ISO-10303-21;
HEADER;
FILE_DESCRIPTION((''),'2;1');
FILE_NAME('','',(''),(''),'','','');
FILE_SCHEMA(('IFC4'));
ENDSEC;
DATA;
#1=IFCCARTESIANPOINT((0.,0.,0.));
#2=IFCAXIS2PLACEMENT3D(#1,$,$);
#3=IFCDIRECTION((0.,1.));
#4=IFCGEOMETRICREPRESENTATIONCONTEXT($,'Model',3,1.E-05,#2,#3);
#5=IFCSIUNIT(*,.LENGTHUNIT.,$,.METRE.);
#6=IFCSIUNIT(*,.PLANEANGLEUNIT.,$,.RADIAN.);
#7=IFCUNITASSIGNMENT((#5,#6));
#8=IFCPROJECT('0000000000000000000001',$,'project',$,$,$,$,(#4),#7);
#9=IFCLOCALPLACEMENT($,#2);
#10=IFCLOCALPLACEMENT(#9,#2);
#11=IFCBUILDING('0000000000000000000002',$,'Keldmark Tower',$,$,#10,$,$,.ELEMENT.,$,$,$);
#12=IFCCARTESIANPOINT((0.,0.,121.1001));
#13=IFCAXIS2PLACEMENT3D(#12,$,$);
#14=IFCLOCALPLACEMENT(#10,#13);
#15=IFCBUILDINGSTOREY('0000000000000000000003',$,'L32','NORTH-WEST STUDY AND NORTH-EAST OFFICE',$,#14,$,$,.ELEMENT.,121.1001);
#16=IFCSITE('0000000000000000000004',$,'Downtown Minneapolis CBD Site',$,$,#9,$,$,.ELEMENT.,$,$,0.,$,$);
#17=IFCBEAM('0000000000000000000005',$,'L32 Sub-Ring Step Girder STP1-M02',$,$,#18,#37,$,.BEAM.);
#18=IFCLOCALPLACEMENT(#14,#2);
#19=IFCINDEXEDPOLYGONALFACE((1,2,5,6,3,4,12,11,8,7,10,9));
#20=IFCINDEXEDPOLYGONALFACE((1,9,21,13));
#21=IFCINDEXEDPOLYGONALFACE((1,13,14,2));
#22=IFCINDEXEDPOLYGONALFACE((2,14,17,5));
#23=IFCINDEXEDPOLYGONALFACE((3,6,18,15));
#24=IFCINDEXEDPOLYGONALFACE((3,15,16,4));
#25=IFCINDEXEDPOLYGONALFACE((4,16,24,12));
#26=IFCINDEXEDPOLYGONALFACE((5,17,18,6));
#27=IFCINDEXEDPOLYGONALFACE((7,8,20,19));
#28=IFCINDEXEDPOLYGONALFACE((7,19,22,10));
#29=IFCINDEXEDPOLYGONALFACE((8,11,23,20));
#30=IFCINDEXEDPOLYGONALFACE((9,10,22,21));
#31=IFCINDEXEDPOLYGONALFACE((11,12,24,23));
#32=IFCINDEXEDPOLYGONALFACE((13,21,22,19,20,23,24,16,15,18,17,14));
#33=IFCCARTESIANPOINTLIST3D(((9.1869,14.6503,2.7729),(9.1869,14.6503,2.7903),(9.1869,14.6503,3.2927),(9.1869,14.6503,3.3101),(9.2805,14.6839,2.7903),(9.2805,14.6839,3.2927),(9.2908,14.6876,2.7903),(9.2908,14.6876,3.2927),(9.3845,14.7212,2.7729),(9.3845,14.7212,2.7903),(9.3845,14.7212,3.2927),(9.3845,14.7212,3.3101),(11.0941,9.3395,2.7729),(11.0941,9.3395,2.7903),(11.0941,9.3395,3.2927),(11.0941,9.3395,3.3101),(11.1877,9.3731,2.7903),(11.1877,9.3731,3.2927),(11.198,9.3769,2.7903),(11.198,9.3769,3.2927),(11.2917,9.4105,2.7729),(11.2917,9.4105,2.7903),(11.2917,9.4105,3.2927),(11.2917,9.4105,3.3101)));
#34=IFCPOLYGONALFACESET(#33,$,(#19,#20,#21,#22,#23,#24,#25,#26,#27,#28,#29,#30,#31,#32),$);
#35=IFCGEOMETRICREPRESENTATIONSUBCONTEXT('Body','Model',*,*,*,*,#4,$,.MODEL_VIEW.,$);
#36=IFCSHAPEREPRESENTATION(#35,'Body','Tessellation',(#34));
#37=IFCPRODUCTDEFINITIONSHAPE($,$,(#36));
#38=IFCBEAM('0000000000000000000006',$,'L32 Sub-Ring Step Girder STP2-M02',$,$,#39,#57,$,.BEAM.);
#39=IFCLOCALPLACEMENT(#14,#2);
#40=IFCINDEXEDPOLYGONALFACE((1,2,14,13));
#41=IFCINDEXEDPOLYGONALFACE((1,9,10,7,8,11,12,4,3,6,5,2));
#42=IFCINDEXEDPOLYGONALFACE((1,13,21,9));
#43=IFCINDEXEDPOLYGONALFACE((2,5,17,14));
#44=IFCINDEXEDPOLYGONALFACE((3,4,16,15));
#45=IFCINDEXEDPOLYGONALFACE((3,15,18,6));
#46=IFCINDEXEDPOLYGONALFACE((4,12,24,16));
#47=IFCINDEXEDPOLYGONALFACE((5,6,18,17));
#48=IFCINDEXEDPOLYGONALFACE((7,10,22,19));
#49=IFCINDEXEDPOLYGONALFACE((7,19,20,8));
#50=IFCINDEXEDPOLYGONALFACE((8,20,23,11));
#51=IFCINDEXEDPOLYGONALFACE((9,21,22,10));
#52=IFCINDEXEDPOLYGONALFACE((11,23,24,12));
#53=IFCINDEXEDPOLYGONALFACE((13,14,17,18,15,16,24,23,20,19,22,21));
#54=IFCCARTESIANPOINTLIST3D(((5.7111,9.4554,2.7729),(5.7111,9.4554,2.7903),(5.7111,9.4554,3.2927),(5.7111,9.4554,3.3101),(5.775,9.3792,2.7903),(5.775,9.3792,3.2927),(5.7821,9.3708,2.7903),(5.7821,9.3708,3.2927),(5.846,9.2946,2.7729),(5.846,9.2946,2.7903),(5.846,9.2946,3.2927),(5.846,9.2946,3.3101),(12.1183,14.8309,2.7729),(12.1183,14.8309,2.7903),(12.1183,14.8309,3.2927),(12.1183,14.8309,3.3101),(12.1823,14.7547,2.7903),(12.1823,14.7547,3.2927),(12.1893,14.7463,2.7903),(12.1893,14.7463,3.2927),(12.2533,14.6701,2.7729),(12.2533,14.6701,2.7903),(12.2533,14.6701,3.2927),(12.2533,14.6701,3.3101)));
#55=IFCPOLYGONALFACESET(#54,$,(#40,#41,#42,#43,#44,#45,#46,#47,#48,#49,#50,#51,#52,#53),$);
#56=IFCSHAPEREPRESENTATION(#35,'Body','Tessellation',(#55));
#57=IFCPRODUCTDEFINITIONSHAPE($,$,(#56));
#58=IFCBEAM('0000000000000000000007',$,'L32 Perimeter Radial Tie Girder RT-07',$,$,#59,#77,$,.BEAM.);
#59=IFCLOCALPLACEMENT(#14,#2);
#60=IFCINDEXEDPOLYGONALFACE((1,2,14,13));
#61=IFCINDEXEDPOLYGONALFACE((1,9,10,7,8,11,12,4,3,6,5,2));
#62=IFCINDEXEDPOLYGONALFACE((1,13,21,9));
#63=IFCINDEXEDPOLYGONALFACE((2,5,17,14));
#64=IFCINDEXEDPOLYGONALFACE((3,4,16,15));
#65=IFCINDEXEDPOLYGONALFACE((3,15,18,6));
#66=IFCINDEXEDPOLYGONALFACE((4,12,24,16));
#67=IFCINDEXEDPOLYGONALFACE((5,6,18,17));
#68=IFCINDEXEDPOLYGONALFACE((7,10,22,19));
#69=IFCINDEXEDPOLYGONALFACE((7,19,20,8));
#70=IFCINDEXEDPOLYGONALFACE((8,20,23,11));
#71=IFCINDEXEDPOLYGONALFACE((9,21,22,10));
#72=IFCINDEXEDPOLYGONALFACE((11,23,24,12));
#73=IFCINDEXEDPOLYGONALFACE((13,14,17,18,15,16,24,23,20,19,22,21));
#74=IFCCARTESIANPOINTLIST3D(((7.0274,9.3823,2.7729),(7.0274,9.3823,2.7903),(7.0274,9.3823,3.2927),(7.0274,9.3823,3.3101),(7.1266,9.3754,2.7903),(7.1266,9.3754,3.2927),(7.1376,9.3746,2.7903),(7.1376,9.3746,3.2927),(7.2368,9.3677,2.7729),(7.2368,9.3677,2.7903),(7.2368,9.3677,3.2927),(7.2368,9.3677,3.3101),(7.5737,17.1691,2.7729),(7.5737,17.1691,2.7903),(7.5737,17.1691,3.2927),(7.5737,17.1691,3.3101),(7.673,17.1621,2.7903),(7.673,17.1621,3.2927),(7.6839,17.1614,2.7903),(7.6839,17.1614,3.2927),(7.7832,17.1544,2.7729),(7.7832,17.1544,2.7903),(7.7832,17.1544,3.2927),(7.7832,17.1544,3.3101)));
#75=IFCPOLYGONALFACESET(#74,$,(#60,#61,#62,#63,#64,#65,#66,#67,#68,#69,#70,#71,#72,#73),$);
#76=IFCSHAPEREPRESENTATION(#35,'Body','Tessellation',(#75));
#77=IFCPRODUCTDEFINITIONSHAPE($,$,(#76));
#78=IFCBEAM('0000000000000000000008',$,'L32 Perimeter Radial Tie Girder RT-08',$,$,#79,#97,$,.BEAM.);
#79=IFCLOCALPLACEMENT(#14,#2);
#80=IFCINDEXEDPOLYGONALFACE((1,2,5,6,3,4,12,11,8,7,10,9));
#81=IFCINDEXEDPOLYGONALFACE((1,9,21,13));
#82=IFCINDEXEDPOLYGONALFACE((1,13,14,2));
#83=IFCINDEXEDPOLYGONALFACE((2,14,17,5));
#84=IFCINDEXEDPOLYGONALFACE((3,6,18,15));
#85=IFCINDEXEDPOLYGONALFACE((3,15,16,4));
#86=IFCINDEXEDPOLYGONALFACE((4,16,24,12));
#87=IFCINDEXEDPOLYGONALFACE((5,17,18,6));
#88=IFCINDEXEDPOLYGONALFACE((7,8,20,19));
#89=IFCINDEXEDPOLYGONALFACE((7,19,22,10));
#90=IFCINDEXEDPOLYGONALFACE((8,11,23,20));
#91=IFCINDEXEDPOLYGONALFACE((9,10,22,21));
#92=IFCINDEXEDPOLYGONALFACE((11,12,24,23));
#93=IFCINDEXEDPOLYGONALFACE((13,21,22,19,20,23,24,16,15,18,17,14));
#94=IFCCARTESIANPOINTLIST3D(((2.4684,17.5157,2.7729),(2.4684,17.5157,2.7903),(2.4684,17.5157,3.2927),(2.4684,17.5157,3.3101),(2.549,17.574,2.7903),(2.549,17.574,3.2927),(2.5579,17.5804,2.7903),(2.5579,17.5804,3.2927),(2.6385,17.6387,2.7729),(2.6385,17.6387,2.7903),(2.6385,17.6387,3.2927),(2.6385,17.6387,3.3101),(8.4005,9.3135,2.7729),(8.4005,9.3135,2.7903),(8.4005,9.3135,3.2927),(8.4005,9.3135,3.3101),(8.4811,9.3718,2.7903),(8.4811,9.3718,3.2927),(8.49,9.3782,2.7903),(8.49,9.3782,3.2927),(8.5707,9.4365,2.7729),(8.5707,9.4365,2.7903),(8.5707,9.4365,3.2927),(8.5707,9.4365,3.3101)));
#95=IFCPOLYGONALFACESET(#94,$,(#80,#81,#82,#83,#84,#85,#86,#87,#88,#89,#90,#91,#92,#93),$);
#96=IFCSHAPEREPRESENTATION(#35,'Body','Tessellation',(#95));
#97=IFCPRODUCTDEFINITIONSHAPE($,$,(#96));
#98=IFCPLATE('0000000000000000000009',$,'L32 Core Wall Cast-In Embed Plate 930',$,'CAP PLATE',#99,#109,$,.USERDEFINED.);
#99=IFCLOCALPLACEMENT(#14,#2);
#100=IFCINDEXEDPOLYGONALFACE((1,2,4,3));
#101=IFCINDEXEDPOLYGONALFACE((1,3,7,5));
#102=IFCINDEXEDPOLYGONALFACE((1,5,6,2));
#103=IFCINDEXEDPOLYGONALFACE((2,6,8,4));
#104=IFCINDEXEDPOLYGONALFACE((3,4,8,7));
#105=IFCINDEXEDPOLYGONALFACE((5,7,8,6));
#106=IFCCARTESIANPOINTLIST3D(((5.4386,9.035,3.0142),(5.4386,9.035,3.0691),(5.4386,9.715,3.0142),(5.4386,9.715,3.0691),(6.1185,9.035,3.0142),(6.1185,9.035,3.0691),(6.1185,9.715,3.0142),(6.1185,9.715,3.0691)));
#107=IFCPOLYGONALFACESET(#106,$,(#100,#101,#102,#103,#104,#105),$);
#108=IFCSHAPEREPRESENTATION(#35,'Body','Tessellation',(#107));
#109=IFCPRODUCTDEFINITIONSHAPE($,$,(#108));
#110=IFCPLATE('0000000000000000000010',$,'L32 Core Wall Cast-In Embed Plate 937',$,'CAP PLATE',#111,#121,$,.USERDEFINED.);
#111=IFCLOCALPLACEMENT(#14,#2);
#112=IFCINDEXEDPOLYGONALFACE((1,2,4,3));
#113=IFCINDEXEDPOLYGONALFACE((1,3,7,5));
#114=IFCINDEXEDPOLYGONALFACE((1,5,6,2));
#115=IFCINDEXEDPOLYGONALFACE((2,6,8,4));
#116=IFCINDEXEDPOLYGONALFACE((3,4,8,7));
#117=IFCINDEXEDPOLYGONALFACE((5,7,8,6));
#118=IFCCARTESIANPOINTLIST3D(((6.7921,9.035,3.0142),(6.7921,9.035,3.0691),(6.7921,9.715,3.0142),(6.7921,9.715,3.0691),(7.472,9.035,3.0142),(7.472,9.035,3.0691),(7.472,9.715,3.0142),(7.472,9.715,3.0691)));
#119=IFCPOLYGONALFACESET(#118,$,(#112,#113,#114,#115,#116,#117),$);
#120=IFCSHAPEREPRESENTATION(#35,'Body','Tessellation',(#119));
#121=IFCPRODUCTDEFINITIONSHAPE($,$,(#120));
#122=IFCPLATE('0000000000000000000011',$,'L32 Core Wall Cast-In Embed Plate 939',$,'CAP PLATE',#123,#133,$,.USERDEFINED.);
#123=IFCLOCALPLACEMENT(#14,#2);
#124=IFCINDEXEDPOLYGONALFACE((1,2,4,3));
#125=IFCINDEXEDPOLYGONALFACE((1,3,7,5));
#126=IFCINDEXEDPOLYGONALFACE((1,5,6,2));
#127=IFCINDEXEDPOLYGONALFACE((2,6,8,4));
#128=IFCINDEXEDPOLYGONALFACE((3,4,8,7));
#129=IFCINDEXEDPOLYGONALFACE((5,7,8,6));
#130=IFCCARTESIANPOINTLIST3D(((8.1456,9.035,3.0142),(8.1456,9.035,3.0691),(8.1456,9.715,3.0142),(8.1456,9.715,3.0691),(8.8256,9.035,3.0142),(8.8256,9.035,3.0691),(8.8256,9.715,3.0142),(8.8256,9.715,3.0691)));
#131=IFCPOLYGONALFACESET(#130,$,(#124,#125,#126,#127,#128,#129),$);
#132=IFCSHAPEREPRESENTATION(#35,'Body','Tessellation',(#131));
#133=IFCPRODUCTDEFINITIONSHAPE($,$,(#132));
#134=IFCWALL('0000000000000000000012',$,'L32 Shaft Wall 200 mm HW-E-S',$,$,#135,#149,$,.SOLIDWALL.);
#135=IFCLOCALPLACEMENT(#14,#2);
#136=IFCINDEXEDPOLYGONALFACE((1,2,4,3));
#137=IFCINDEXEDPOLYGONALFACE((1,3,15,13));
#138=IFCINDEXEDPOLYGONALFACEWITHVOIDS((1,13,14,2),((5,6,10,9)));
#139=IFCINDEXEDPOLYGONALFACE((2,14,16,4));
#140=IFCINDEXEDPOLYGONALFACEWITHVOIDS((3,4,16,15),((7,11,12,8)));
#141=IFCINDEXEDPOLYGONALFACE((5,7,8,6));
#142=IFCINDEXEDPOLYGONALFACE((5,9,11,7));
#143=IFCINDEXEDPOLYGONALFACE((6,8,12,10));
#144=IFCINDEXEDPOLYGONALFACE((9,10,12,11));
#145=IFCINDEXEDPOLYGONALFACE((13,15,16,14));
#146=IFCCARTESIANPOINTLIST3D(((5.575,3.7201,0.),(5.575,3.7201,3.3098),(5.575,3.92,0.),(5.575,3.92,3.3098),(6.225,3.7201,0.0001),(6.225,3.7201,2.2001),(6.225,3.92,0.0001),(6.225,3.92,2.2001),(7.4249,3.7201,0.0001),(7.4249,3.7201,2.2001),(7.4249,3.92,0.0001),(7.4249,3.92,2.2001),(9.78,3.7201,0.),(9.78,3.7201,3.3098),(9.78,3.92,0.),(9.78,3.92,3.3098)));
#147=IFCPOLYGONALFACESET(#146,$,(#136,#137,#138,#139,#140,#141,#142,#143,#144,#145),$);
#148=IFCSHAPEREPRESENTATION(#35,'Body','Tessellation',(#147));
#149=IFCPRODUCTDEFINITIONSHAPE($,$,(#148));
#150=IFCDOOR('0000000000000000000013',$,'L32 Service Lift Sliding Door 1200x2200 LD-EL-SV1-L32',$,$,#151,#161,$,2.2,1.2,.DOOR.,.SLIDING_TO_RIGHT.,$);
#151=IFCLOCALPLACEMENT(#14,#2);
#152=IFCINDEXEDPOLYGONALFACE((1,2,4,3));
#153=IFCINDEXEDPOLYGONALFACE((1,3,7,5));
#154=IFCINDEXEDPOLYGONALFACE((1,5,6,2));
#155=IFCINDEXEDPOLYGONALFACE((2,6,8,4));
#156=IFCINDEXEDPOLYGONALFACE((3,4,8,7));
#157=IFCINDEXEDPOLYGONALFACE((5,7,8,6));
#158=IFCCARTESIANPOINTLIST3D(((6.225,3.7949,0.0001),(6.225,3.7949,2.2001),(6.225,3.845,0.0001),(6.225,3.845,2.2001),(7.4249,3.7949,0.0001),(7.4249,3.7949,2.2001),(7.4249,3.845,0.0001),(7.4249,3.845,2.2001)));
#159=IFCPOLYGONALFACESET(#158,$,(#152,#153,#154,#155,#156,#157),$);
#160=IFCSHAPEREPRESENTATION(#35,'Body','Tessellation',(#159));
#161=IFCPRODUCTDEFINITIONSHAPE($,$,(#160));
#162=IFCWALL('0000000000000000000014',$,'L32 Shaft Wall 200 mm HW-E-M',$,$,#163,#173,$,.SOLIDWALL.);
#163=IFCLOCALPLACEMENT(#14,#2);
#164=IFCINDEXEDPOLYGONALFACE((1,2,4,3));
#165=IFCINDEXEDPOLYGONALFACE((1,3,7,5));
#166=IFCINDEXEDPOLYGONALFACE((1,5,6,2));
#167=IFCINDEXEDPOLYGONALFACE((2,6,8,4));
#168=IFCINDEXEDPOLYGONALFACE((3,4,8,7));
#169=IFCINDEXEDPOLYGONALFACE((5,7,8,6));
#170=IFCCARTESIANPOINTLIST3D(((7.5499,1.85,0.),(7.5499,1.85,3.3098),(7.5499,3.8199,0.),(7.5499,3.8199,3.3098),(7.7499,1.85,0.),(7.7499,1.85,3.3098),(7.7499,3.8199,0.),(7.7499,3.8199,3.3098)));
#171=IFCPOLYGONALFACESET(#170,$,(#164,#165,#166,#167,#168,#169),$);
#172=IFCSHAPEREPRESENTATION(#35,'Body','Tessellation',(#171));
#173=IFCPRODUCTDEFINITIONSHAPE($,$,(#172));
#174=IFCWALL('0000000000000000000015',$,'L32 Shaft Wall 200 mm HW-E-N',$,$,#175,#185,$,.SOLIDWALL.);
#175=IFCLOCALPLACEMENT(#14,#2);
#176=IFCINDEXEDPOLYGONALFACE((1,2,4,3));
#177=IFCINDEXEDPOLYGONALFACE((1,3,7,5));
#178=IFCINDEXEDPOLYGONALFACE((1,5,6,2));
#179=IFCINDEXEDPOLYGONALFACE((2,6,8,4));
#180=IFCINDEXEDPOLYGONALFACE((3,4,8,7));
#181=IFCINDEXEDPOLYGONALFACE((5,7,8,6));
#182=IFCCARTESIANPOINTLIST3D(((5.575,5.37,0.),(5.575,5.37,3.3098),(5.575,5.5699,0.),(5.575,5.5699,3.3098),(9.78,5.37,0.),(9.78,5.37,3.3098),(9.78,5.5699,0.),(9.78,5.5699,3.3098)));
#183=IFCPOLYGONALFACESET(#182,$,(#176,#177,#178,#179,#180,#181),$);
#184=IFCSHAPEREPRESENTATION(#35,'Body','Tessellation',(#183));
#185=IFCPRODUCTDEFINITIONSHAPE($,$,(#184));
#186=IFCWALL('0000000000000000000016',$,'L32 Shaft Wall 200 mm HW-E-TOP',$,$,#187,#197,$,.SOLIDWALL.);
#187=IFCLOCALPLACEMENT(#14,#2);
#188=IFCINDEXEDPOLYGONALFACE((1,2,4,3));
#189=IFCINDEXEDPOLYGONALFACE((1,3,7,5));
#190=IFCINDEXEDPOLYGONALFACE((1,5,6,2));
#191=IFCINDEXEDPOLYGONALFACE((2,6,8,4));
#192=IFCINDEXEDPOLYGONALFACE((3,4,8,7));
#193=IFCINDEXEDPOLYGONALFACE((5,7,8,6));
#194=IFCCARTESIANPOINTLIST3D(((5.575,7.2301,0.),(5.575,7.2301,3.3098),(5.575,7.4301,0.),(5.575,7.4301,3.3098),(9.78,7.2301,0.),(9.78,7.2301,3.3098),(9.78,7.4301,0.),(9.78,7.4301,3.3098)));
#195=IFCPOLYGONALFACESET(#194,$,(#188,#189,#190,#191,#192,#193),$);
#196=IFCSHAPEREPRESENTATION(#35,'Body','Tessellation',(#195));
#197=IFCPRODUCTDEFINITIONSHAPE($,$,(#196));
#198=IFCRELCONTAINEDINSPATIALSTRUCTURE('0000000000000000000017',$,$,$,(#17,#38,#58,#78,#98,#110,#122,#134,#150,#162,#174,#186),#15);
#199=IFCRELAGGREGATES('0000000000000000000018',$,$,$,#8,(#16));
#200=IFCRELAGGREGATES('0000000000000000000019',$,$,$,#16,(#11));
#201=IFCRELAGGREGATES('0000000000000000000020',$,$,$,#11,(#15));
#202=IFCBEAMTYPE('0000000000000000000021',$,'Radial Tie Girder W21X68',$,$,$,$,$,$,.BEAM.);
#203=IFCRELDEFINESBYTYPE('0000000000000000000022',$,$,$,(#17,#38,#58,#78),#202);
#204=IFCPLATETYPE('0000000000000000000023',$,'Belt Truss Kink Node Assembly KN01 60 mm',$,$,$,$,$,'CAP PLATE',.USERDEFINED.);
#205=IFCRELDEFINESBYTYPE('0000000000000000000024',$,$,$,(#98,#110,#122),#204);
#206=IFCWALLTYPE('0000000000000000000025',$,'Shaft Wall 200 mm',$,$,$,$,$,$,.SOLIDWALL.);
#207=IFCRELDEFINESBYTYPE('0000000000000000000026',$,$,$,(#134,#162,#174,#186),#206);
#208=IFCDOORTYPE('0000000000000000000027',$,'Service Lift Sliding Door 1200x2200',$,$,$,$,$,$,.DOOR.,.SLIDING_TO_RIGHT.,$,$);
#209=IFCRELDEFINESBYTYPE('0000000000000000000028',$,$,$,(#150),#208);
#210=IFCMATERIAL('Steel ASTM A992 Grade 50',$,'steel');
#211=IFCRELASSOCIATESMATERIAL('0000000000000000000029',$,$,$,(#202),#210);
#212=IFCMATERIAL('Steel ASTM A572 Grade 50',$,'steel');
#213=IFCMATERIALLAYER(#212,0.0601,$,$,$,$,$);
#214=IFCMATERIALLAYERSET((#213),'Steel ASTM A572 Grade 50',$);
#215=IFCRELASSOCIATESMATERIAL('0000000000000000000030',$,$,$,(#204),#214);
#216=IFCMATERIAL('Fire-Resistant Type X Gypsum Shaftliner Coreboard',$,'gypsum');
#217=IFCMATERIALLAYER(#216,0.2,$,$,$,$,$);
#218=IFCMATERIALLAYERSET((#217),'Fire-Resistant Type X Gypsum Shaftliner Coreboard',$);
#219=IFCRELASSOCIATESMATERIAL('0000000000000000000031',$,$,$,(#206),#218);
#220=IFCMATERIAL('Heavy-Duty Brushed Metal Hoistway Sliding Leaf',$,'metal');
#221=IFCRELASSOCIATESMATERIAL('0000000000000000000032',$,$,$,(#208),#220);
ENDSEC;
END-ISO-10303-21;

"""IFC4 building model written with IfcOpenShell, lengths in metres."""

from ifc_helpers import new_model, si_unit, direction, frame, frame_2d, origin, origin_2d, place, context, subcontext, project, spatial, rectangle, i_section, extrude, material, layer, layer_set, material_profile, profile_set, type_object, element, fill, save


model = new_model("IFC4")

# Units and contexts
model_context = context("Model", 3, precision=1e-05, world=origin(), true_north=direction((0.0, 1.0)))
body_context = subcontext(model_context, "Body", "Model", "MODEL_VIEW")
ifc_project = project(units=[si_unit("LENGTHUNIT", "METRE"), si_unit("PLANEANGLEUNIT", "RADIAN")], contexts=[model_context])

# Site, building, storey
site_placement = place(None, origin())
site = spatial("IfcSite", under=ifc_project, at=site_placement, Name="Downtown Minneapolis CBD Site", CompositionType="ELEMENT", RefElevation=0.0)
building_placement = place(site_placement, origin())
building = spatial("IfcBuilding", under=site, at=building_placement, Name="Keldmark Tower", CompositionType="ELEMENT")
storey_placement = place(building_placement, frame((0.0, 0.0, 121.1001)))
storey = spatial("IfcBuildingStorey", under=building, at=storey_placement, Name="L32", Description="NORTH-WEST STUDY AND NORTH-EAST OFFICE", CompositionType="ELEMENT", Elevation=121.1001)

# Beams
ifc_material_1 = material(Name="Steel ASTM A992 Grade 50", Category="steel")
ifc_material_profile = material_profile(ifc_material_1, i_section(OverallWidth=0.21, OverallDepth=0.5371, WebThickness=0.011, FlangeThickness=0.0173, at=origin_2d()), Name="W21X68")
ifc_profile_set = profile_set([ifc_material_profile], Name="Steel ASTM A992 Grade 50")
beam_type = type_object("IfcBeamType", Name="Radial Tie Girder W21X68", PredefinedType="BEAM", material=ifc_profile_set)
beam_1_placement = place(storey_placement, frame((11.1929, 9.375, 3.0415), z_axis=(-0.337989, 0.94115, 0.0), x_axis=(-0.94115, -0.337989, 0.0)))
element("IfcBeam", 1, at=beam_1_placement, inside=storey, type_object=beam_type, Name="L32 Sub-Ring Step Girder STP1-M02", PredefinedType="BEAM", context=body_context, shape_type="SweptSolid", body=[
    extrude(i_section(OverallWidth=0.21, OverallDepth=0.5371, WebThickness=0.011, FlangeThickness=0.0173, at=origin_2d()), origin(), (0.0, 0.0, 1.0), 5.6428),
])
beam_2_placement = place(storey_placement, frame((5.7786, 9.375, 3.0415), z_axis=(0.766092, 0.642731, 0.0), x_axis=(-0.642731, 0.766092, 0.0)))
element("IfcBeam", 2, at=beam_2_placement, inside=storey, type_object=beam_type, Name="L32 Sub-Ring Step Girder STP2-M02", PredefinedType="BEAM", context=body_context, shape_type="SweptSolid", body=[
    extrude(i_section(OverallWidth=0.21, OverallDepth=0.5371, WebThickness=0.011, FlangeThickness=0.0173, at=origin_2d()), origin(), (0.0, 0.0, 1.0), 8.3635),
])
beam_3_placement = place(storey_placement, frame((7.1321, 9.375, 3.0415), z_axis=(0.069996, 0.997547, 0.0), x_axis=(-0.997547, 0.069996, 0.0)))
element("IfcBeam", 3, at=beam_3_placement, inside=storey, type_object=beam_type, Name="L32 Perimeter Radial Tie Girder RT-07", PredefinedType="BEAM", context=body_context, shape_type="SweptSolid", body=[
    extrude(i_section(OverallWidth=0.21, OverallDepth=0.5371, WebThickness=0.011, FlangeThickness=0.0173, at=origin_2d()), origin(), (0.0, 0.0, 1.0), 7.8059),
])
beam_4_placement = place(storey_placement, frame((8.4856, 9.375, 3.0415), z_axis=(-0.586033, 0.810287, 0.0), x_axis=(-0.810287, -0.586033, 0.0)))
element("IfcBeam", 4, at=beam_4_placement, inside=storey, type_object=beam_type, Name="L32 Perimeter Radial Tie Girder RT-08", PredefinedType="BEAM", context=body_context, shape_type="SweptSolid", body=[
    extrude(i_section(OverallWidth=0.21, OverallDepth=0.5371, WebThickness=0.011, FlangeThickness=0.0173, at=origin_2d()), origin(), (0.0, 0.0, 1.0), 10.1226),
])

# Plates
ifc_material_2 = material(Name="Steel ASTM A572 Grade 50", Category="steel")
ifc_layer_1 = layer(ifc_material_2, 0.0601)
ifc_layer_set_1 = layer_set([ifc_layer_1], Name="Steel ASTM A572 Grade 50")
plate_type = type_object("IfcPlateType", Name="Belt Truss Kink Node Assembly KN01 60 mm", ElementType="CAP PLATE", PredefinedType="USERDEFINED", material=ifc_layer_set_1)
for number, where, z_axis, x_axis, name in (
    (5, (5.7786, 9.375, 3.0142), (0.0, 0.0, 1.0), (1.0, 0.0, 0.0), "L32 Core Wall Cast-In Embed Plate 930"),
    (6, (7.1321, 9.375, 3.0142), (0.0, 0.0, 1.0), (1.0, 0.0, 0.0), "L32 Core Wall Cast-In Embed Plate 937"),
    (7, (8.4856, 9.375, 3.0142), (0.0, 0.0, 1.0), (1.0, 0.0, 0.0), "L32 Core Wall Cast-In Embed Plate 939"),
):
    element("IfcPlate", number, at=place(storey_placement, frame(where, z_axis=z_axis, x_axis=x_axis)), inside=storey, type_object=plate_type, Name=name, ObjectType="CAP PLATE", PredefinedType="USERDEFINED", context=body_context, shape_type="SweptSolid", body=[
        extrude(rectangle(XDim=0.6799, YDim=0.6799, at=origin_2d()), origin(), (0.0, 0.0, 1.0), 0.0549),
    ])

# Wall, opening, door
ifc_material_3 = material(Name="Fire-Resistant Type X Gypsum Shaftliner Coreboard", Category="gypsum")
ifc_layer_2 = layer(ifc_material_3, 0.2)
ifc_layer_set_2 = layer_set([ifc_layer_2], Name="Fire-Resistant Type X Gypsum Shaftliner Coreboard")
wall_type_1 = type_object("IfcWallType", Name="Shaft Wall 200 mm", PredefinedType="SOLIDWALL", material=ifc_layer_set_2)
wall_1_placement = place(storey_placement, frame((5.575, 3.8201, 0.0), z_axis=(0.0, 0.0, 1.0), x_axis=(1.0, 0.0, 0.0)))
wall_1 = element("IfcWall", 8, at=wall_1_placement, inside=storey, type_object=wall_type_1, Name="L32 Shaft Wall 200 mm HW-E-S", PredefinedType="SOLIDWALL", context=body_context, shape_type="SweptSolid", body=[
    extrude(rectangle(XDim=4.2051, YDim=0.2, at=frame_2d((2.1025, 0.0))), origin(), (0.0, 0.0, 1.0), 3.3098),
])
opening_placement = place(wall_1_placement, frame((0.6499, 0.0, 0.0)))
opening = element("IfcOpeningElement", 9, at=opening_placement, cuts=wall_1, PredefinedType="OPENING", context=body_context, shape_type="SweptSolid", body=[
    extrude(rectangle(XDim=1.2, YDim=2.2, at=frame_2d((0.6001, 1.1001))), frame((0.0, 0.1099, 0.0), z_axis=(0.0, -1.0, 0.0), x_axis=(1.0, 0.0, 0.0)), (0.0, 0.0, 1.0), 0.22),
])
ifc_material_4 = material(Name="Heavy-Duty Brushed Metal Hoistway Sliding Leaf", Category="metal")
door_type = type_object("IfcDoorType", Name="Service Lift Sliding Door 1200x2200", OperationType="SLIDING_TO_RIGHT", PredefinedType="DOOR", material=ifc_material_4)
door_placement = place(opening_placement, origin())
door = element("IfcDoor", 10, at=door_placement, inside=storey, type_object=door_type, Name="L32 Service Lift Sliding Door 1200x2200 LD-EL-SV1-L32", OperationType="SLIDING_TO_RIGHT", OverallHeight=2.2, OverallWidth=1.2, PredefinedType="DOOR", context=body_context, shape_type="SweptSolid", body=[
    extrude(rectangle(XDim=1.2, YDim=2.2, at=frame_2d((0.6001, 1.1001))), frame((0.0, 0.0249, 0.0), z_axis=(0.0, -1.0, 0.0), x_axis=(1.0, 0.0, 0.0)), (0.0, 0.0, 1.0), 0.05),
])
fill(opening, door)

# Walls
wall_2_placement = place(storey_placement, frame((7.6499, 1.8501, 0.0), z_axis=(0.0, 0.0, 1.0), x_axis=(0.0, 1.0, 0.0)))
element("IfcWall", 11, at=wall_2_placement, inside=storey, type_object=wall_type_1, Name="L32 Shaft Wall 200 mm HW-E-M", PredefinedType="SOLIDWALL", context=body_context, shape_type="SweptSolid", body=[
    extrude(rectangle(XDim=1.97, YDim=0.2, at=frame_2d((0.9849, 0.0))), origin(), (0.0, 0.0, 1.0), 3.3098),
])
for number, where, z_axis, x_axis, name in (
    (12, (5.575, 5.47, 0.0), (0.0, 0.0, 1.0), (1.0, 0.0, 0.0), "L32 Shaft Wall 200 mm HW-E-N"),
    (13, (5.575, 7.3301, 0.0), (0.0, 0.0, 1.0), (1.0, 0.0, 0.0), "L32 Shaft Wall 200 mm HW-E-TOP"),
):
    element("IfcWall", number, at=place(storey_placement, frame(where, z_axis=z_axis, x_axis=x_axis)), inside=storey, type_object=wall_type_1, Name=name, PredefinedType="SOLIDWALL", context=body_context, shape_type="SweptSolid", body=[
        extrude(rectangle(XDim=4.2051, YDim=0.2, at=frame_2d((2.1025, 0.0))), origin(), (0.0, 0.0, 1.0), 3.3098),
    ])

save(model, "model.ifc")
